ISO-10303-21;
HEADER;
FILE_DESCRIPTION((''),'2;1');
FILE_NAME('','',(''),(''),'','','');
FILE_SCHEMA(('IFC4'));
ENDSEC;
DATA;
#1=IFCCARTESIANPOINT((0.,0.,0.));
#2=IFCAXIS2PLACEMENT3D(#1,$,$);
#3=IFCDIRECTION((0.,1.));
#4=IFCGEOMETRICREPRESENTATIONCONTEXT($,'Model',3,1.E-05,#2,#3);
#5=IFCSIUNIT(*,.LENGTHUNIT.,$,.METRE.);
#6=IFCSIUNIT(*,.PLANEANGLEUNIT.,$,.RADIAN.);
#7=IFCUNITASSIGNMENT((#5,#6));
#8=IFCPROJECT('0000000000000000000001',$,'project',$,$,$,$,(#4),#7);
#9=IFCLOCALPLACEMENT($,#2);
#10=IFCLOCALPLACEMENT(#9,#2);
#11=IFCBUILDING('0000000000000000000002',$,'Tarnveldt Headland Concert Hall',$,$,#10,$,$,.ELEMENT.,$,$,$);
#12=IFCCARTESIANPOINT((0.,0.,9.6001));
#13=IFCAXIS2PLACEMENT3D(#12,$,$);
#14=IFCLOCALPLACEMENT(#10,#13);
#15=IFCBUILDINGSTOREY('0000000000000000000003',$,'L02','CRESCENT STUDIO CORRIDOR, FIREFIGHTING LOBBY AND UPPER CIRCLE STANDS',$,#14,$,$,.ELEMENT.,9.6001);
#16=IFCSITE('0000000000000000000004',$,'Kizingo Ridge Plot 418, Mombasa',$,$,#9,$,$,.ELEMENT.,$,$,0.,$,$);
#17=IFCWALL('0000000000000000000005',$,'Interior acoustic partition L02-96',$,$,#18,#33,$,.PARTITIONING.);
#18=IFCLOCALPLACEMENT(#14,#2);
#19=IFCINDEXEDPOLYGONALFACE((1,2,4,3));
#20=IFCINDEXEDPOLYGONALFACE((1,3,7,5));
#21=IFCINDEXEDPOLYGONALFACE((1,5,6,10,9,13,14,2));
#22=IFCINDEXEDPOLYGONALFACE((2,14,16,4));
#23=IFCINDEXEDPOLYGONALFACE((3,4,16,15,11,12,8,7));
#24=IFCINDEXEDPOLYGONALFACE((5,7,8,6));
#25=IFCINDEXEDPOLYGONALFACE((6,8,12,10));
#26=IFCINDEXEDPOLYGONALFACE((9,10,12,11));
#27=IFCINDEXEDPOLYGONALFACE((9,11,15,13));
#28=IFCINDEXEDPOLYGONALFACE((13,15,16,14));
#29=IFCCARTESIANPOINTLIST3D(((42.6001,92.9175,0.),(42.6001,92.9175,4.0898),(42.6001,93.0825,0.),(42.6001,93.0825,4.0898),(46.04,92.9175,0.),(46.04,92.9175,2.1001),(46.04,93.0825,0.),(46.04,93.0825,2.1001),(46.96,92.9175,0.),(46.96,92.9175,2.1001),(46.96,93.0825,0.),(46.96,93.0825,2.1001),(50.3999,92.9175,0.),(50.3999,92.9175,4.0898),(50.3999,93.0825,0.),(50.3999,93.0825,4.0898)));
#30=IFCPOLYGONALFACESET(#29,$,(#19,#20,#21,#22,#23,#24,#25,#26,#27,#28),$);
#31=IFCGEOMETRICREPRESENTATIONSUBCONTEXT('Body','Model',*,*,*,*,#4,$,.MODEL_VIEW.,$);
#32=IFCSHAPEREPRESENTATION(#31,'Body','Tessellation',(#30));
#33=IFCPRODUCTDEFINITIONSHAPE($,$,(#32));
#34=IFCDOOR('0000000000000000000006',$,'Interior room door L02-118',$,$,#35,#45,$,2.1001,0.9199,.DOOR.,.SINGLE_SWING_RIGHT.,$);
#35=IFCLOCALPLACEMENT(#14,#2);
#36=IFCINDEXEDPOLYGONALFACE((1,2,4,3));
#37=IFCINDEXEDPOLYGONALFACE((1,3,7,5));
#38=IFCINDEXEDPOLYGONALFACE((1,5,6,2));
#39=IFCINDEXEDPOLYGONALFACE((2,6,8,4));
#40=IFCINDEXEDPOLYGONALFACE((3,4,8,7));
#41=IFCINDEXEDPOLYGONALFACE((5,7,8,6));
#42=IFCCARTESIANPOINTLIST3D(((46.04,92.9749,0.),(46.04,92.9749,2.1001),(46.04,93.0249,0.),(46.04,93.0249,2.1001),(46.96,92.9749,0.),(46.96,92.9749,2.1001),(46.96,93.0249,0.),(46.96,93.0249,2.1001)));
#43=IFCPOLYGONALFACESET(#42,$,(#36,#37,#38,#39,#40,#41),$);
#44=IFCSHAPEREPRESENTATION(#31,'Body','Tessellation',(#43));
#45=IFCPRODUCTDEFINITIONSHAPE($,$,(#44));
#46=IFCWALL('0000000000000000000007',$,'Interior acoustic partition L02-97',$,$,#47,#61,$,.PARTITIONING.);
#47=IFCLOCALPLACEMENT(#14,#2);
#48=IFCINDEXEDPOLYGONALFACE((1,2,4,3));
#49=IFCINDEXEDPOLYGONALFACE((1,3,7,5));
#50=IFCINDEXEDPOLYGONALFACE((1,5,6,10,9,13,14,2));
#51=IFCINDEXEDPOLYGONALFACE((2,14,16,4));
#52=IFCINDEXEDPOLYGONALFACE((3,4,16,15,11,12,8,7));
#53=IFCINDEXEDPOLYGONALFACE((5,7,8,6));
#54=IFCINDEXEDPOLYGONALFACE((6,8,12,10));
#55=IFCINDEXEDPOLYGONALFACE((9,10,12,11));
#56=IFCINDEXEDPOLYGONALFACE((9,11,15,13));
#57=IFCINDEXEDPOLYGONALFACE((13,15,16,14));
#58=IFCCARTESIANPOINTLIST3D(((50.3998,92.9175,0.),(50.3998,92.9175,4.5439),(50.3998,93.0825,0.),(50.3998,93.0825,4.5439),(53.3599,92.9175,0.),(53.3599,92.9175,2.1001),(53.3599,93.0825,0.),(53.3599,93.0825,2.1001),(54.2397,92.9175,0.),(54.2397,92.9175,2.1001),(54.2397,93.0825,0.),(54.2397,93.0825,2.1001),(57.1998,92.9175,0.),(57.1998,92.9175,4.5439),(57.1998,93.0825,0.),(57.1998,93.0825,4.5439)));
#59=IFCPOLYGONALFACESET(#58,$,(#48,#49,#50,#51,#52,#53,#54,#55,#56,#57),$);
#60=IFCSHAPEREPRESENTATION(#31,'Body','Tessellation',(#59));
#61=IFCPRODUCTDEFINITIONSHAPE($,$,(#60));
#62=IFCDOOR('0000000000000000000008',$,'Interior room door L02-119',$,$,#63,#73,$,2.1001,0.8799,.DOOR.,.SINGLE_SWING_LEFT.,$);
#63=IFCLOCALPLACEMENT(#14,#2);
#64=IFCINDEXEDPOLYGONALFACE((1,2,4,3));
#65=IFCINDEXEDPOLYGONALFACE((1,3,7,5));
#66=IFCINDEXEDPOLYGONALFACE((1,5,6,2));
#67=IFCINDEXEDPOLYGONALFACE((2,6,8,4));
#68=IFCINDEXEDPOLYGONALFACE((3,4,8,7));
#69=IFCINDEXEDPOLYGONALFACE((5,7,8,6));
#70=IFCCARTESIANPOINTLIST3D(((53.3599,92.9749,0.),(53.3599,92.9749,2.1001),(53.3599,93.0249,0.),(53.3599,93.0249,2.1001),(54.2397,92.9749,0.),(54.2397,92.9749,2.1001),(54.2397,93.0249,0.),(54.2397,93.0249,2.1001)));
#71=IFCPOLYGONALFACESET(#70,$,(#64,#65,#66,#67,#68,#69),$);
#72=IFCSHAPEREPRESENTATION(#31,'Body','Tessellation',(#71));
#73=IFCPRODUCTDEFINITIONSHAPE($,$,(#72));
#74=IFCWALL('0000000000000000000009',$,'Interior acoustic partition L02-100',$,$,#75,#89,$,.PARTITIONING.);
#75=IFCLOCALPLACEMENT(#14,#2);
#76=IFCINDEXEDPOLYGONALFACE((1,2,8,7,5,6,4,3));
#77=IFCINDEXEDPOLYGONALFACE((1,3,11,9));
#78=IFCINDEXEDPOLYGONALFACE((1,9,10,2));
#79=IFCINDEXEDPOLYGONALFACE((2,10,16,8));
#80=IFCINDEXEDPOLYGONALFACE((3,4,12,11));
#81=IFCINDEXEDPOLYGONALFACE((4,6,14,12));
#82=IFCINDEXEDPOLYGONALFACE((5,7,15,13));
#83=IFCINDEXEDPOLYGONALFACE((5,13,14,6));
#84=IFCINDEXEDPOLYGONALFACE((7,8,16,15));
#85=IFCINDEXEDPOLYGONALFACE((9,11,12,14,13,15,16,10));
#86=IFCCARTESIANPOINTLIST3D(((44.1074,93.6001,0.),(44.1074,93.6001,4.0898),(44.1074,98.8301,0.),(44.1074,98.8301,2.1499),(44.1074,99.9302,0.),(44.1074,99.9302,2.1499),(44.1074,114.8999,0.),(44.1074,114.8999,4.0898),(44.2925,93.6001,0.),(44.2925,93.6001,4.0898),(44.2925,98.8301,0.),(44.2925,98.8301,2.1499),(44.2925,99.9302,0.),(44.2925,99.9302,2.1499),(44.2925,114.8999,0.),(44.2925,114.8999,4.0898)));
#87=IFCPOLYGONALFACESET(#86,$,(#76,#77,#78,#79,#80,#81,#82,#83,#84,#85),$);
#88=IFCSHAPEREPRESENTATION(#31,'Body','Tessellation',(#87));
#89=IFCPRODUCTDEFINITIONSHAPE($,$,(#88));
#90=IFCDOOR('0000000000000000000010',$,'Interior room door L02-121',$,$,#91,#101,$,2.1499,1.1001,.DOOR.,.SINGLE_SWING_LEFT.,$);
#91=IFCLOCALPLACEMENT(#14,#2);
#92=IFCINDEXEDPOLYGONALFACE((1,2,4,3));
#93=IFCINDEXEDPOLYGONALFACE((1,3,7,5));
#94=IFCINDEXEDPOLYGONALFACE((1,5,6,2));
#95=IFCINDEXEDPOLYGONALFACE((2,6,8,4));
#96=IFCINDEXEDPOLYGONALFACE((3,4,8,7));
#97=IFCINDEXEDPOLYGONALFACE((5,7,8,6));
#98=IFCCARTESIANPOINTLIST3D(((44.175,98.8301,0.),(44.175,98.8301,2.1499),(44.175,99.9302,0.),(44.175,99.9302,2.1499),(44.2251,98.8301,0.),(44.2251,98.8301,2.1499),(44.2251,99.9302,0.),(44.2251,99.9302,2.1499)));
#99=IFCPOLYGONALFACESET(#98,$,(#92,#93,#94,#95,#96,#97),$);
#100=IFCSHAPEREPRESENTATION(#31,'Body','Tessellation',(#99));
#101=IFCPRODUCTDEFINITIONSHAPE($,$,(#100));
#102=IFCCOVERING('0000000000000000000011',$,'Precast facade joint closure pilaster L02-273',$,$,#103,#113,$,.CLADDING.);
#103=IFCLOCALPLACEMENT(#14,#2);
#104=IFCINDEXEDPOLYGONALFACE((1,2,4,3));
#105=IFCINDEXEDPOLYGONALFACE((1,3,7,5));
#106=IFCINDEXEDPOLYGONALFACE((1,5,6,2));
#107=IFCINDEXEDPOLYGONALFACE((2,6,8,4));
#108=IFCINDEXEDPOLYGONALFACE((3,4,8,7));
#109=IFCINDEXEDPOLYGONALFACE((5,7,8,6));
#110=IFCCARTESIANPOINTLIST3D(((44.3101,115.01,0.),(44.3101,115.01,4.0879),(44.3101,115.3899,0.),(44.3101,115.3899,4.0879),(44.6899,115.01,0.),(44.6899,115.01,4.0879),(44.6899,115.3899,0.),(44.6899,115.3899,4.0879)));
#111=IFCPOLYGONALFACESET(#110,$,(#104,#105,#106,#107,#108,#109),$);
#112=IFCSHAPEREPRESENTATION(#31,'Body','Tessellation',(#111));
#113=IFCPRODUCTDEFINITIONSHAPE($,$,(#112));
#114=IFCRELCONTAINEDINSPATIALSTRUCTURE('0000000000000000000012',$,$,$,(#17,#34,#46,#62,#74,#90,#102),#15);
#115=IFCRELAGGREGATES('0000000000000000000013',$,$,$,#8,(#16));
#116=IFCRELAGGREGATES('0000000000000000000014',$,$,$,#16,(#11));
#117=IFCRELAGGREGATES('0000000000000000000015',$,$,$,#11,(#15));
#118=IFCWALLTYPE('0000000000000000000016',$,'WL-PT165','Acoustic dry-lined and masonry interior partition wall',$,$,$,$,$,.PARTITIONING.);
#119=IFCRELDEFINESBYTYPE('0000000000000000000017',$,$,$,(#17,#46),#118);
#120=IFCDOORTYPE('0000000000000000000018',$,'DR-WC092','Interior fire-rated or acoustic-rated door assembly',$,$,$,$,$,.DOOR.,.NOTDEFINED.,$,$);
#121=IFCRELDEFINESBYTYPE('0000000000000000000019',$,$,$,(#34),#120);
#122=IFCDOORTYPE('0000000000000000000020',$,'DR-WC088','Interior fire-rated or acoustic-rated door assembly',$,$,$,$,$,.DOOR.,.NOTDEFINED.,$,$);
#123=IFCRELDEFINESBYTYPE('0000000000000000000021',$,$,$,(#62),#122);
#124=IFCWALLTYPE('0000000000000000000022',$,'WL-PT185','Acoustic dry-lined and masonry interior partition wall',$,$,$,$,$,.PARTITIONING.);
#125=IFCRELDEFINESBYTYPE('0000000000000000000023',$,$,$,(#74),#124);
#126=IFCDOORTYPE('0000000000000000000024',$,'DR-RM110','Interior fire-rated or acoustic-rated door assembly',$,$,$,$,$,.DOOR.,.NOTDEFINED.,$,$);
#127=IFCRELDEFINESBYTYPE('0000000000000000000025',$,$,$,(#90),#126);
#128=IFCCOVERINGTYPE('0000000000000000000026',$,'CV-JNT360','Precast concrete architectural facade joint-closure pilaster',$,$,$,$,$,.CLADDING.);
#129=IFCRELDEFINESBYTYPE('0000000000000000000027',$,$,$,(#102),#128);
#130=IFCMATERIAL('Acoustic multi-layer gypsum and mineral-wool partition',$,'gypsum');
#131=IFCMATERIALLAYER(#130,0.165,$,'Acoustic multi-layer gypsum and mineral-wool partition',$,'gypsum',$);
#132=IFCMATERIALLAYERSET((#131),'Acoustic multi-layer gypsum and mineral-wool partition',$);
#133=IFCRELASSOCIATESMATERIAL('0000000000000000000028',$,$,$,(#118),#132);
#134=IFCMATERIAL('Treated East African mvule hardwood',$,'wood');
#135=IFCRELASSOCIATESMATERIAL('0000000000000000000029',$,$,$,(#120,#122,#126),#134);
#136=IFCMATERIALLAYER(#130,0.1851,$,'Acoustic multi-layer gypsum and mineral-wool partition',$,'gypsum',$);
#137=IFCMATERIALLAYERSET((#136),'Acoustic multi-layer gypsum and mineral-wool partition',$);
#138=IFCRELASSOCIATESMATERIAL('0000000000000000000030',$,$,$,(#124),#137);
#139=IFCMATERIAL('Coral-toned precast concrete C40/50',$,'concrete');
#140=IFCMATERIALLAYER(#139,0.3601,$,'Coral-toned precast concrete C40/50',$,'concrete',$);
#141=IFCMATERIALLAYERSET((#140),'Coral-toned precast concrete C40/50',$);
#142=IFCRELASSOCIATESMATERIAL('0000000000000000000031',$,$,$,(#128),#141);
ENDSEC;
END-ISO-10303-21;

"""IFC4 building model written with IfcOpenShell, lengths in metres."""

from ifc_helpers import new_model, si_unit, direction, frame, frame_2d, origin, origin_2d, place, context, subcontext, project, spatial, rectangle, extrude, material, layer, layer_set, type_object, element, fill, save


model = new_model("IFC4")

# Units and contexts
model_context = context("Model", 3, precision=1e-05, world=origin(), true_north=direction((0.0, 1.0)))
body_context = subcontext(model_context, "Body", "Model", "MODEL_VIEW")
ifc_project = project(units=[si_unit("LENGTHUNIT", "METRE"), si_unit("PLANEANGLEUNIT", "RADIAN")], contexts=[model_context])

# Site, building, storey
site_placement = place(None, origin())
site = spatial("IfcSite", under=ifc_project, at=site_placement, Name="Kizingo Ridge Plot 418, Mombasa", CompositionType="ELEMENT", RefElevation=0.0)
building_placement = place(site_placement, origin())
building = spatial("IfcBuilding", under=site, at=building_placement, Name="Tarnveldt Headland Concert Hall", CompositionType="ELEMENT")
storey_placement = place(building_placement, frame((0.0, 0.0, 9.6001)))
storey = spatial("IfcBuildingStorey", under=building, at=storey_placement, Name="L02", Description="CRESCENT STUDIO CORRIDOR, FIREFIGHTING LOBBY AND UPPER CIRCLE STANDS", CompositionType="ELEMENT", Elevation=9.6001)

# Shared definitions
ifc_material_1 = material(Name="Coral-toned precast concrete C40/50", Category="concrete")

# Walls, openings, doors
ifc_material_2 = material(Name="Acoustic multi-layer gypsum and mineral-wool partition", Category="gypsum")
ifc_layer_1 = layer(ifc_material_2, 0.165, Name="Acoustic multi-layer gypsum and mineral-wool partition", Category="gypsum")
ifc_layer_set_1 = layer_set([ifc_layer_1], Name="Acoustic multi-layer gypsum and mineral-wool partition")
wall_type_1 = type_object("IfcWallType", Name="WL-PT165", Description="Acoustic dry-lined and masonry interior partition wall", PredefinedType="PARTITIONING", material=ifc_layer_set_1)
wall_1_placement = place(storey_placement, frame((42.6001, 93.0, 0.0), z_axis=(0.0, 0.0, 1.0), x_axis=(1.0, 0.0, 0.0)))
wall_1 = element("IfcWall", 1, at=wall_1_placement, inside=storey, type_object=wall_type_1, Name="Interior acoustic partition L02-96", PredefinedType="PARTITIONING", context=body_context, shape_type="SweptSolid", body=[
    extrude(rectangle(XDim=7.7998, YDim=0.165, at=frame_2d((3.8999, 0.0))), origin(), (0.0, 0.0, 1.0), 4.0898),
])
opening_1_placement = place(wall_1_placement, frame((3.4399, 0.0, 0.0)))
opening_1 = element("IfcOpeningElement", 2, at=opening_1_placement, cuts=wall_1, PredefinedType="OPENING", context=body_context, shape_type="SweptSolid", body=[
    extrude(rectangle(XDim=0.9199, YDim=2.1001, at=frame_2d((0.46, 1.05))), frame((0.0, 0.0925, 0.0), z_axis=(0.0, -1.0, 0.0), x_axis=(1.0, 0.0, 0.0)), (0.0, 0.0, 1.0), 0.1851),
])
ifc_material_3 = material(Name="Treated East African mvule hardwood", Category="wood")
door_type_1 = type_object("IfcDoorType", Name="DR-WC092", Description="Interior fire-rated or acoustic-rated door assembly", OperationType="NOTDEFINED", PredefinedType="DOOR", material=ifc_material_3)
door_1_placement = place(opening_1_placement, origin())
door_1 = element("IfcDoor", 3, at=door_1_placement, inside=storey, type_object=door_type_1, Name="Interior room door L02-118", OperationType="SINGLE_SWING_RIGHT", OverallHeight=2.1001, OverallWidth=0.9199, PredefinedType="DOOR", context=body_context, shape_type="SweptSolid", body=[
    extrude(rectangle(XDim=0.9199, YDim=2.1001, at=frame_2d((0.46, 1.05))), frame((0.0, 0.0249, 0.0), z_axis=(0.0, -1.0, 0.0), x_axis=(1.0, 0.0, 0.0)), (0.0, 0.0, 1.0), 0.05),
])
fill(opening_1, door_1)
wall_2_placement = place(storey_placement, frame((50.3999, 93.0, 0.0), z_axis=(0.0, 0.0, 1.0), x_axis=(1.0, 0.0, 0.0)))
wall_2 = element("IfcWall", 4, at=wall_2_placement, inside=storey, type_object=wall_type_1, Name="Interior acoustic partition L02-97", PredefinedType="PARTITIONING", context=body_context, shape_type="SweptSolid", body=[
    extrude(rectangle(XDim=6.8, YDim=0.165, at=frame_2d((3.3999, 0.0))), origin(), (0.0, 0.0, 1.0), 4.5439),
])
opening_2_placement = place(wall_2_placement, frame((2.96, 0.0, 0.0)))
opening_2 = element("IfcOpeningElement", 5, at=opening_2_placement, cuts=wall_2, PredefinedType="OPENING", context=body_context, shape_type="SweptSolid", body=[
    extrude(rectangle(XDim=0.8799, YDim=2.1001, at=frame_2d((0.4399, 1.05))), frame((0.0, 0.0925, 0.0), z_axis=(0.0, -1.0, 0.0), x_axis=(1.0, 0.0, 0.0)), (0.0, 0.0, 1.0), 0.1851),
])
door_type_2 = type_object("IfcDoorType", Name="DR-WC088", Description="Interior fire-rated or acoustic-rated door assembly", OperationType="NOTDEFINED", PredefinedType="DOOR", material=ifc_material_3)
door_2_placement = place(opening_2_placement, origin())
door_2 = element("IfcDoor", 6, at=door_2_placement, inside=storey, type_object=door_type_2, Name="Interior room door L02-119", OperationType="SINGLE_SWING_LEFT", OverallHeight=2.1001, OverallWidth=0.8799, PredefinedType="DOOR", context=body_context, shape_type="SweptSolid", body=[
    extrude(rectangle(XDim=0.8799, YDim=2.1001, at=frame_2d((0.4399, 1.05))), frame((0.0, 0.0249, 0.0), z_axis=(0.0, -1.0, 0.0), x_axis=(1.0, 0.0, 0.0)), (0.0, 0.0, 1.0), 0.05),
])
fill(opening_2, door_2)
ifc_layer_2 = layer(ifc_material_2, 0.1851, Name="Acoustic multi-layer gypsum and mineral-wool partition", Category="gypsum")
ifc_layer_set_2 = layer_set([ifc_layer_2], Name="Acoustic multi-layer gypsum and mineral-wool partition")
wall_type_2 = type_object("IfcWallType", Name="WL-PT185", Description="Acoustic dry-lined and masonry interior partition wall", PredefinedType="PARTITIONING", material=ifc_layer_set_2)
wall_3_placement = place(storey_placement, frame((44.2, 93.6001, 0.0), z_axis=(0.0, 0.0, 1.0), x_axis=(0.0, 1.0, 0.0)))
wall_3 = element("IfcWall", 7, at=wall_3_placement, inside=storey, type_object=wall_type_2, Name="Interior acoustic partition L02-100", PredefinedType="PARTITIONING", context=body_context, shape_type="SweptSolid", body=[
    extrude(rectangle(XDim=21.2998, YDim=0.1851, at=frame_2d((10.6499, 0.0))), origin(), (0.0, 0.0, 1.0), 4.0898),
])
opening_3_placement = place(wall_3_placement, frame((5.23, 0.0, 0.0)))
opening_3 = element("IfcOpeningElement", 8, at=opening_3_placement, cuts=wall_3, PredefinedType="OPENING", context=body_context, shape_type="SweptSolid", body=[
    extrude(rectangle(XDim=1.1001, YDim=2.1499, at=frame_2d((0.55, 1.075))), frame((0.0, 0.1025, 0.0), z_axis=(0.0, -1.0, 0.0), x_axis=(1.0, 0.0, 0.0)), (0.0, 0.0, 1.0), 0.2051),
])
door_type_3 = type_object("IfcDoorType", Name="DR-RM110", Description="Interior fire-rated or acoustic-rated door assembly", OperationType="NOTDEFINED", PredefinedType="DOOR", material=ifc_material_3)
door_3_placement = place(opening_3_placement, origin())
door_3 = element("IfcDoor", 9, at=door_3_placement, inside=storey, type_object=door_type_3, Name="Interior room door L02-121", OperationType="SINGLE_SWING_LEFT", OverallHeight=2.1499, OverallWidth=1.1001, PredefinedType="DOOR", context=body_context, shape_type="SweptSolid", body=[
    extrude(rectangle(XDim=1.1001, YDim=2.1499, at=frame_2d((0.55, 1.075))), frame((0.0, 0.0249, 0.0), z_axis=(0.0, -1.0, 0.0), x_axis=(1.0, 0.0, 0.0)), (0.0, 0.0, 1.0), 0.05),
])
fill(opening_3, door_3)

# Covering
ifc_layer_3 = layer(ifc_material_1, 0.3601, Name="Coral-toned precast concrete C40/50", Category="concrete")
ifc_layer_set_3 = layer_set([ifc_layer_3], Name="Coral-toned precast concrete C40/50")
covering_type = type_object("IfcCoveringType", Name="CV-JNT360", Description="Precast concrete architectural facade joint-closure pilaster", PredefinedType="CLADDING", material=ifc_layer_set_3)
covering_placement = place(storey_placement, frame((44.5, 115.2, 0.0), z_axis=(0.0, 0.0, 1.0), x_axis=(1.0, 0.0, 0.0)))
element("IfcCovering", 10, at=covering_placement, inside=storey, type_object=covering_type, Name="Precast facade joint closure pilaster L02-273", PredefinedType="CLADDING", context=body_context, shape_type="SweptSolid", body=[
    extrude(rectangle(XDim=0.3799, YDim=0.3799, at=origin_2d()), origin(), (0.0, 0.0, 1.0), 4.0879),
])

save(model, "model.ifc")
